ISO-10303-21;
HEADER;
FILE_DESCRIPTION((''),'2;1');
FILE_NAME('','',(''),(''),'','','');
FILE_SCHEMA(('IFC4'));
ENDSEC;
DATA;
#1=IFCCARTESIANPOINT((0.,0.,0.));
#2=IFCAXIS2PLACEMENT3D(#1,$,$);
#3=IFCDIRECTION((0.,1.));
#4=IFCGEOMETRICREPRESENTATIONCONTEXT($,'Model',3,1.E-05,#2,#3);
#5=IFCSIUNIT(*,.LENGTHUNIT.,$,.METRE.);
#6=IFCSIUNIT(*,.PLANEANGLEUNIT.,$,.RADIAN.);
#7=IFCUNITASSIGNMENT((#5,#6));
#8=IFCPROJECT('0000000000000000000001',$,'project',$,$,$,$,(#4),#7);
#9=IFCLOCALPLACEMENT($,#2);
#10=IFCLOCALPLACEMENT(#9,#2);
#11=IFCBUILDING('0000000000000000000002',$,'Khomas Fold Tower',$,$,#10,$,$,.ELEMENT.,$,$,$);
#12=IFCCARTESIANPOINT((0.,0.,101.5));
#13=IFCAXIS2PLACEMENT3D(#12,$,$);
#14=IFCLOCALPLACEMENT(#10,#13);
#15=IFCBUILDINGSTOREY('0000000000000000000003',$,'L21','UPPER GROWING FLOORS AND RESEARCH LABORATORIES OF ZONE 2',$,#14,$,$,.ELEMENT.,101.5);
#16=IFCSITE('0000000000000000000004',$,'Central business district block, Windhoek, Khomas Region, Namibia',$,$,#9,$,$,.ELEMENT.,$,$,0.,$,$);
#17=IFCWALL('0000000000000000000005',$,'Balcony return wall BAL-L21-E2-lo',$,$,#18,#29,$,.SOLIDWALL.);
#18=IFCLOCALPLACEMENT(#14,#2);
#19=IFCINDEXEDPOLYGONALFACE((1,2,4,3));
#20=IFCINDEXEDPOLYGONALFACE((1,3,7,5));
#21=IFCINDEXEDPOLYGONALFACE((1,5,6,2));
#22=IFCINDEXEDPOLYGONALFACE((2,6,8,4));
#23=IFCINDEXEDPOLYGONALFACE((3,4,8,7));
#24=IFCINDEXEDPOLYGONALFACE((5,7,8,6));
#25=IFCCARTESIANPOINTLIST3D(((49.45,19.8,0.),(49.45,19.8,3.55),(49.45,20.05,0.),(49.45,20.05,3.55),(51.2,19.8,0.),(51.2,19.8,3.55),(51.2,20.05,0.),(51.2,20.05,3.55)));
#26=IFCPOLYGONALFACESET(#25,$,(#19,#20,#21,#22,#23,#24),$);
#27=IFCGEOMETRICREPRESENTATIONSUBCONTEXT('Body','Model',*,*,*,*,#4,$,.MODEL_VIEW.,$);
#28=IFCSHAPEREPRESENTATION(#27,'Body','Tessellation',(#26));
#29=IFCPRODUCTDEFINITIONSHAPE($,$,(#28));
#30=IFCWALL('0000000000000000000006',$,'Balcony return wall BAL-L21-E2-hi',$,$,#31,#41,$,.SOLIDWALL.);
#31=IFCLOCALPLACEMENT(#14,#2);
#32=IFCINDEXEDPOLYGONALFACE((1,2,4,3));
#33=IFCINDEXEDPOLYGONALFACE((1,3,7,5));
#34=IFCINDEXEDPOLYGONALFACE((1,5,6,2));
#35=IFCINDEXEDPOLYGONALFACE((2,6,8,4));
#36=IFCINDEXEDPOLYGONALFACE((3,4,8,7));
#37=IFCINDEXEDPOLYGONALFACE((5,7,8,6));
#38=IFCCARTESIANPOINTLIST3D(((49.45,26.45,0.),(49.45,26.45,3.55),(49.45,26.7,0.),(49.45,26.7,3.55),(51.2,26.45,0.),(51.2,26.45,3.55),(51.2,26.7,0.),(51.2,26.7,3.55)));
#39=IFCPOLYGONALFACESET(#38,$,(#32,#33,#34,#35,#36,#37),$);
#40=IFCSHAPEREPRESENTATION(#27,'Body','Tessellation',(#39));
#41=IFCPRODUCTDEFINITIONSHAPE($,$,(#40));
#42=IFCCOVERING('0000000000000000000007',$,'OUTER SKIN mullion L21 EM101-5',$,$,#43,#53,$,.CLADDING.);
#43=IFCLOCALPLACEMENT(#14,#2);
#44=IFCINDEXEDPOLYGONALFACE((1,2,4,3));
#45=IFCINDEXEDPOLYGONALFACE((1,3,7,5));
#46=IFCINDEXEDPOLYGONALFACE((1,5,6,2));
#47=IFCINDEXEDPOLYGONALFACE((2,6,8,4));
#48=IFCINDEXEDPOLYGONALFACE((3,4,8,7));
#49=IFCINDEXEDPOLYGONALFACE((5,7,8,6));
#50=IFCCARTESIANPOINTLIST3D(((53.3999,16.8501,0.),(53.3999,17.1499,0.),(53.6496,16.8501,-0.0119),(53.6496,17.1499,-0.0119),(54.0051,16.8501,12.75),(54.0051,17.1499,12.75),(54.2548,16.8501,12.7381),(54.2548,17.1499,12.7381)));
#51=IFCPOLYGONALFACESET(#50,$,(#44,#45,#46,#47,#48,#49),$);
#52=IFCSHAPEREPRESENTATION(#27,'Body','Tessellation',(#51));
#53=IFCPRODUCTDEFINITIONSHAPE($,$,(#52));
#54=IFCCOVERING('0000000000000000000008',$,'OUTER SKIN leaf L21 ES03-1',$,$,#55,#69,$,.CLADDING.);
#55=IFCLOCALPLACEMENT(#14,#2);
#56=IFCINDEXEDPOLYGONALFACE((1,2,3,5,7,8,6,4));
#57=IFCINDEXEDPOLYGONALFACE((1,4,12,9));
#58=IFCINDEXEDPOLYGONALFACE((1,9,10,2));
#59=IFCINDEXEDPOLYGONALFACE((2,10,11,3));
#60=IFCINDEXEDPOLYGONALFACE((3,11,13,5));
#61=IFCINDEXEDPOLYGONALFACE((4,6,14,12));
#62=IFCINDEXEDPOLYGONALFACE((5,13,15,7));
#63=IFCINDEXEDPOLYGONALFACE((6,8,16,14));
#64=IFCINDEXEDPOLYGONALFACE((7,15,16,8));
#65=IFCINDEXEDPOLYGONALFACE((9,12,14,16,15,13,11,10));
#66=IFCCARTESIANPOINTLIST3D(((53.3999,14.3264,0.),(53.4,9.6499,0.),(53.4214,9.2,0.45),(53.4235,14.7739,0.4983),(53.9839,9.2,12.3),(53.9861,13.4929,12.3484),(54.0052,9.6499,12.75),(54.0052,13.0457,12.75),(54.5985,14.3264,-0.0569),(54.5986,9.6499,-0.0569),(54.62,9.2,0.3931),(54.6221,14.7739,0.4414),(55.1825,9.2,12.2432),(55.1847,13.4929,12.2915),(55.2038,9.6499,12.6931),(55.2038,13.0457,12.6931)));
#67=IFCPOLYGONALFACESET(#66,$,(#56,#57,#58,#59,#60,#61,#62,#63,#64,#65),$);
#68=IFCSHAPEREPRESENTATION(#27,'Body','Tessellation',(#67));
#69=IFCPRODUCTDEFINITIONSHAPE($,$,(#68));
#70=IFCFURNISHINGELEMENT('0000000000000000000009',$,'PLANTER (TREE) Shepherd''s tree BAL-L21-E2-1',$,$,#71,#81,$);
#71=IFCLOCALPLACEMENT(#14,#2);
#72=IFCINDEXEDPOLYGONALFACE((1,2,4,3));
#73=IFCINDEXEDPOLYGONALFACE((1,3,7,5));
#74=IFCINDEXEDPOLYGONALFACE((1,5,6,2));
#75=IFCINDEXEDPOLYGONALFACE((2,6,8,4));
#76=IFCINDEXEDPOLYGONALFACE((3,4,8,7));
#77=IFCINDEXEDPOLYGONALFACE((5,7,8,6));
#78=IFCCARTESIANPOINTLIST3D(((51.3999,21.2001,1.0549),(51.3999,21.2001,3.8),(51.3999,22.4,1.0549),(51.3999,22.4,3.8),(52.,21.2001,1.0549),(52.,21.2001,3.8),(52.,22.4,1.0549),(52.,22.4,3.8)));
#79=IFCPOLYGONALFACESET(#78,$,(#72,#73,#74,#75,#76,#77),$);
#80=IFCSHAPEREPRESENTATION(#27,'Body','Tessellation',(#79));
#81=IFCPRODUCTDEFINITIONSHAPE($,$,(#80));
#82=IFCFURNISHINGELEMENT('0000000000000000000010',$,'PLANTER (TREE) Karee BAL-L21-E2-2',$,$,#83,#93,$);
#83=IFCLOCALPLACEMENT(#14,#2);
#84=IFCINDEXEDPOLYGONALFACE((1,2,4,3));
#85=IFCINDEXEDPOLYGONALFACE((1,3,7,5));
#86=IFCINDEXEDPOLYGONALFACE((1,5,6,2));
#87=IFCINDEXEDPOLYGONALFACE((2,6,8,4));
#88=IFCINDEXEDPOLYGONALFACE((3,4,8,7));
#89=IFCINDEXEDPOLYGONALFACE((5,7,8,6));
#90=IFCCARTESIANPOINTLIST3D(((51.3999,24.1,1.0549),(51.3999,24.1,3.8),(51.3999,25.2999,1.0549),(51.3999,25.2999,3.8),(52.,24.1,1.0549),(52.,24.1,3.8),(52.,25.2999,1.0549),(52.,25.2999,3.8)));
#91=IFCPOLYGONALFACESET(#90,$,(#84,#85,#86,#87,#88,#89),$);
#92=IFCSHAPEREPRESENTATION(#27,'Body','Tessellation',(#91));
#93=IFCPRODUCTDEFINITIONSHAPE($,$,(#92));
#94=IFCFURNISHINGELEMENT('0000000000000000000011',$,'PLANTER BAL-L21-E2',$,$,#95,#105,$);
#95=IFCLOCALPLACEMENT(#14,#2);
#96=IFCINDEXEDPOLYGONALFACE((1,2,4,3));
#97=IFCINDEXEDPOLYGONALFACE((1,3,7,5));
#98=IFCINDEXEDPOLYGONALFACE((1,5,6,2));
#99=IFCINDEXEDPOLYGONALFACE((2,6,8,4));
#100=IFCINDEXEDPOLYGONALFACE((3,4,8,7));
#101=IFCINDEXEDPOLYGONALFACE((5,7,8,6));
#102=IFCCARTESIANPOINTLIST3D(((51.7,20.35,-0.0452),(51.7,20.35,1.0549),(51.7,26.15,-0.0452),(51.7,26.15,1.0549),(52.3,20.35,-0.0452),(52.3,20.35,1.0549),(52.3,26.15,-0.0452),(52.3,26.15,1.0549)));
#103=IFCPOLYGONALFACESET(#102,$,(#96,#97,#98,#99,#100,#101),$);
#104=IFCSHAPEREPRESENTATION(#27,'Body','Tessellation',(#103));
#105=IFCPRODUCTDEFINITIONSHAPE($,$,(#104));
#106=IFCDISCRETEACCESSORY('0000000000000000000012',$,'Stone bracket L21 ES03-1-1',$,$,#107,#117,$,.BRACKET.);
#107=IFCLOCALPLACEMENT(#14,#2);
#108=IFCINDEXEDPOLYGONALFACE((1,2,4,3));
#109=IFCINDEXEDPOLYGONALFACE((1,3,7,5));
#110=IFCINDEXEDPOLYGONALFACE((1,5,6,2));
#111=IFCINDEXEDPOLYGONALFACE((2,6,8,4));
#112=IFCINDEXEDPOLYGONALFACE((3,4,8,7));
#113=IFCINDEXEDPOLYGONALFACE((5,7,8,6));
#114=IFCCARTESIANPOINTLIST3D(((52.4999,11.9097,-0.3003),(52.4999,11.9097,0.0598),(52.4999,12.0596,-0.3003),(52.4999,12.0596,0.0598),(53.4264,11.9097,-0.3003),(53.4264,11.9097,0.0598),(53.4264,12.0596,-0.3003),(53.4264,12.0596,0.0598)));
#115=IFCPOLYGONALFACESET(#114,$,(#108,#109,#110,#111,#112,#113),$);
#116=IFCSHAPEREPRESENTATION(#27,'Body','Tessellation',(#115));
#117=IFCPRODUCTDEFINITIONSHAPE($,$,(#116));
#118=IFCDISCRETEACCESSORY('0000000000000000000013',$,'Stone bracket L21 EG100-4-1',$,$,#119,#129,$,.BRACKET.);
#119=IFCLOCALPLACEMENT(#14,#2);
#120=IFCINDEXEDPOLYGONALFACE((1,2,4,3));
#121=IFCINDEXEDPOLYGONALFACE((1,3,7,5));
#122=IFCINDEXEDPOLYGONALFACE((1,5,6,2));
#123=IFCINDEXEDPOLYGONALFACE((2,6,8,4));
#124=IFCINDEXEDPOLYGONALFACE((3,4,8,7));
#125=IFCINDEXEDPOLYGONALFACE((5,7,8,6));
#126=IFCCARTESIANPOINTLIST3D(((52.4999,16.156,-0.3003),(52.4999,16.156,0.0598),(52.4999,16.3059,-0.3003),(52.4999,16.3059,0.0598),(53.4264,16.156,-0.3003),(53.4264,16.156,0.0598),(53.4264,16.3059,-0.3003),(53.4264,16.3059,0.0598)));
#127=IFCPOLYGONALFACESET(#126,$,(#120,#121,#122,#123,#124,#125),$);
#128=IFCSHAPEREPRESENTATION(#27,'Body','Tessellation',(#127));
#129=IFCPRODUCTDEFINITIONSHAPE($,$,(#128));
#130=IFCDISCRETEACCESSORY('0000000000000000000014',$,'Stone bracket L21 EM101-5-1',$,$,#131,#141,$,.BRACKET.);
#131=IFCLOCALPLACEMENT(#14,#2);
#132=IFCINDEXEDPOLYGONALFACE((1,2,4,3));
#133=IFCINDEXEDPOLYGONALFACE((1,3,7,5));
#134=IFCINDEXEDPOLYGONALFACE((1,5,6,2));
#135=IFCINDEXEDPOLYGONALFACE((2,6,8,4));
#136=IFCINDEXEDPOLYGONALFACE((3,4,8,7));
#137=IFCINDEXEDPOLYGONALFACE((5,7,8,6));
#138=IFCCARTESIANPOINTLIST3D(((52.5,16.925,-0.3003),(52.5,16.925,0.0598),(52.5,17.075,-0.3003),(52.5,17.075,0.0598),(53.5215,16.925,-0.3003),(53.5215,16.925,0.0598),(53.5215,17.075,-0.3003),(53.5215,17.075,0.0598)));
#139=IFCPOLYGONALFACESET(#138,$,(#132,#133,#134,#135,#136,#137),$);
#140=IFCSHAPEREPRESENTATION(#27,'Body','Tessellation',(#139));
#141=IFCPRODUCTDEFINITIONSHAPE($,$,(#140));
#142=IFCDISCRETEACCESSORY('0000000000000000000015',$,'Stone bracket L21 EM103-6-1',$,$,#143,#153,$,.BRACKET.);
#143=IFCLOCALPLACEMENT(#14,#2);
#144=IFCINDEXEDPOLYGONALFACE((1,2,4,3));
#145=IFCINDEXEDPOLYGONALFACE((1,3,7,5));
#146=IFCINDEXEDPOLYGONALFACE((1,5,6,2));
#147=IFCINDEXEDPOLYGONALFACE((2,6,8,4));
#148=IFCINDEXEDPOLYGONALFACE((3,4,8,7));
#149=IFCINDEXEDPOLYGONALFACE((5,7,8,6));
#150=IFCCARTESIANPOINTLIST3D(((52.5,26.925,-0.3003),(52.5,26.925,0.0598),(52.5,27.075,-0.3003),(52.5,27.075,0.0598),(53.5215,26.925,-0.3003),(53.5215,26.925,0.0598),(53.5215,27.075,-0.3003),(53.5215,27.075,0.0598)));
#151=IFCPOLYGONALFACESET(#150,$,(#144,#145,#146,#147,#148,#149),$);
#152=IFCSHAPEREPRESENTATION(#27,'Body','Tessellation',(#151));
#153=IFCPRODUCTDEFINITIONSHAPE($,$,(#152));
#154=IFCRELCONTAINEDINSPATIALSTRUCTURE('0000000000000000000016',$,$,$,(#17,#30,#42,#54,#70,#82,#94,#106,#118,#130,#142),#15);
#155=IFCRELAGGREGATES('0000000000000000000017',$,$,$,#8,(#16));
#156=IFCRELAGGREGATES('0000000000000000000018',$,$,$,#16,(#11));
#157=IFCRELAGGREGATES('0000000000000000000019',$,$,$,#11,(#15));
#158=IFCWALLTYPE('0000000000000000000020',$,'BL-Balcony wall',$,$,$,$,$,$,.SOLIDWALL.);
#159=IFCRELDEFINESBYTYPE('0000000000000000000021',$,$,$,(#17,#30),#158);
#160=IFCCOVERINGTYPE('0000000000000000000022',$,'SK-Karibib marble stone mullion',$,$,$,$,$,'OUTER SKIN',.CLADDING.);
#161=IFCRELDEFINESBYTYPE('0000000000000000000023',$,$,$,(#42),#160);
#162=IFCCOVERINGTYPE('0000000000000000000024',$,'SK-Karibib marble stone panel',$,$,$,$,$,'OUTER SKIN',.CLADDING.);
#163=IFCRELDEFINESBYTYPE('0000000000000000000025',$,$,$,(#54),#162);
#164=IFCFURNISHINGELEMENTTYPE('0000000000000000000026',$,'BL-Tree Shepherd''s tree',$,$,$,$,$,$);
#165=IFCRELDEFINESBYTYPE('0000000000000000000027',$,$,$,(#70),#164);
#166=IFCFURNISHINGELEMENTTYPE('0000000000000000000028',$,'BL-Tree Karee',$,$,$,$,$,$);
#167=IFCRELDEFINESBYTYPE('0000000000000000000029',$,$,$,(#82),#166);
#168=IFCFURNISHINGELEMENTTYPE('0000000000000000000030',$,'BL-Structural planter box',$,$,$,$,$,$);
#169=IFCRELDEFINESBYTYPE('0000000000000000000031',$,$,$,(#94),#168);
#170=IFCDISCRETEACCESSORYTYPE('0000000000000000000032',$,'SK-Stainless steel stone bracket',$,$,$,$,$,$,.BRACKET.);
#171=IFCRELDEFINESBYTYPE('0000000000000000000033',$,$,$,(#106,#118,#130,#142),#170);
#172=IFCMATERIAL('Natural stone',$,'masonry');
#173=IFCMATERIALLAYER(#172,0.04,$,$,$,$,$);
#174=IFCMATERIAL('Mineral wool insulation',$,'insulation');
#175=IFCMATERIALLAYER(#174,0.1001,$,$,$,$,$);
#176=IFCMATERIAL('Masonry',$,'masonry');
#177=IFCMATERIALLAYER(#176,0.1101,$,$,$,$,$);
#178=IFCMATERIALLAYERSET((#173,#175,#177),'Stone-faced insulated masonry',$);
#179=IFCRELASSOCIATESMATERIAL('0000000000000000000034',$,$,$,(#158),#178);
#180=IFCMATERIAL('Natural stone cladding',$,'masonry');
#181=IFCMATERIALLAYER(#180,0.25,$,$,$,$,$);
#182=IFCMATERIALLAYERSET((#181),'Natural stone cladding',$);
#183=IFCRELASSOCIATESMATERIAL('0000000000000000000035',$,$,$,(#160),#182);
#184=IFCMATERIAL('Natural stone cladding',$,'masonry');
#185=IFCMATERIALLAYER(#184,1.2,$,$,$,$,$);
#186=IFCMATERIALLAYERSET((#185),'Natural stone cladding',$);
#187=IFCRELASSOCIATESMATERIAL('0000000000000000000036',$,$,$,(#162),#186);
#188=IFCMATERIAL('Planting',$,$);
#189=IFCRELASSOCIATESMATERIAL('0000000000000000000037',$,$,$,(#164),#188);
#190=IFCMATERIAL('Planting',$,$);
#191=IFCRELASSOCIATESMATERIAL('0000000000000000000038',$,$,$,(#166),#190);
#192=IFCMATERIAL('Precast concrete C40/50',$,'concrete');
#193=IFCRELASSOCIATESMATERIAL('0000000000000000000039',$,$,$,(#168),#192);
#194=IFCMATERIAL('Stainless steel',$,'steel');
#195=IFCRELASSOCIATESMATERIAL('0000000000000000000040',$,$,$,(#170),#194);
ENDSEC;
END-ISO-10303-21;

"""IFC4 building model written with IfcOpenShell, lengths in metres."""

from ifc_helpers import new_model, si_unit, direction, frame, frame_2d, origin, origin_2d, place, context, subcontext, project, spatial, polyline, rectangle, outline, extrude, source, transform, mapped, material, layer, layer_set, type_object, element, save


model = new_model("IFC4")

# Units and contexts
model_context = context("Model", 3, precision=1e-05, world=origin(), true_north=direction((0.0, 1.0)))
body_context = subcontext(model_context, "Body", "Model", "MODEL_VIEW")
ifc_project = project(units=[si_unit("LENGTHUNIT", "METRE"), si_unit("PLANEANGLEUNIT", "RADIAN")], contexts=[model_context])

# Site, building, storey
site_placement = place(None, origin())
site = spatial("IfcSite", under=ifc_project, at=site_placement, Name="Central business district block, Windhoek, Khomas Region, Namibia", CompositionType="ELEMENT", RefElevation=0.0)
building_placement = place(site_placement, origin())
building = spatial("IfcBuilding", under=site, at=building_placement, Name="Khomas Fold Tower", CompositionType="ELEMENT")
storey_placement = place(building_placement, frame((0.0, 0.0, 101.5)))
storey = spatial("IfcBuildingStorey", under=building, at=storey_placement, Name="L21", Description="UPPER GROWING FLOORS AND RESEARCH LABORATORIES OF ZONE 2", CompositionType="ELEMENT", Elevation=101.5)

# Shared definitions
ifc_material_1 = material(Name="Natural stone", Category="masonry")
ifc_layer_1 = layer(ifc_material_1, 0.04)
ifc_material_2 = material(Name="Mineral wool insulation", Category="insulation")
ifc_layer_2 = layer(ifc_material_2, 0.1001)
ifc_material_3 = material(Name="Masonry", Category="masonry")
ifc_layer_3 = layer(ifc_material_3, 0.1101)
ifc_layer_set_1 = layer_set([ifc_layer_1, ifc_layer_2, ifc_layer_3], Name="Stone-faced insulated masonry")
wall_type = type_object("IfcWallType", Name="BL-Balcony wall", PredefinedType="SOLIDWALL", material=ifc_layer_set_1)

# Walls
shared_shape_1 = source(origin(), body_context, "Body", "SweptSolid", [
    extrude(rectangle(XDim=1.75, YDim=0.25, at=frame_2d((0.875, 0.0))), origin(), (0.0, 0.0, 1.0), 3.55),
])
for number, where, z_axis, x_axis, name in (
    (1, (51.2, 19.925, 0.0), (0.0, 0.0, 1.0), (-1.0, 0.0, 0.0), "Balcony return wall BAL-L21-E2-lo"),
    (2, (51.2, 26.575, 0.0), (0.0, 0.0, 1.0), (-1.0, 0.0, 0.0), "Balcony return wall BAL-L21-E2-hi"),
):
    element("IfcWall", number, at=place(storey_placement, frame(where, z_axis=z_axis, x_axis=x_axis)), inside=storey, type_object=wall_type, Name=name, PredefinedType="SOLIDWALL", context=body_context, shape_type="MappedRepresentation", body=[
        mapped(shared_shape_1, transform((0.0, 0.0, 0.0))),
    ])

# Coverings
ifc_material_4 = material(Name="Natural stone cladding", Category="masonry")
ifc_layer_4 = layer(ifc_material_4, 0.25)
ifc_layer_set_2 = layer_set([ifc_layer_4], Name="Natural stone cladding")
covering_type_1 = type_object("IfcCoveringType", Name="SK-Karibib marble stone mullion", ElementType="OUTER SKIN", PredefinedType="CLADDING", material=ifc_layer_set_2)
covering_1_placement = place(storey_placement, frame((53.3999, 16.8501, 0.0), z_axis=(-0.998875, 0.0, 0.047415), x_axis=(0.047415, 0.0, 0.998875)))
element("IfcCovering", 3, at=covering_1_placement, inside=storey, type_object=covering_type_1, Name="OUTER SKIN mullion L21 EM101-5", PredefinedType="CLADDING", context=body_context, shape_type="SweptSolid", body=[
    extrude(outline(polyline([(0.0, 0.0), (12.7644, 0.0), (12.7644, 0.2998), (0.0, 0.2998), (0.0, 0.0)])), origin(), (0.0, 0.0, -1.0), 0.25),
])
ifc_material_5 = material(Name="Natural stone cladding", Category="masonry")
ifc_layer_5 = layer(ifc_material_5, 1.2)
ifc_layer_set_3 = layer_set([ifc_layer_5], Name="Natural stone cladding")
covering_type_2 = type_object("IfcCoveringType", Name="SK-Karibib marble stone panel", ElementType="OUTER SKIN", PredefinedType="CLADDING", material=ifc_layer_set_3)
covering_2_placement = place(storey_placement, frame((53.9861, 13.4929, 12.3484), z_axis=(-0.998875, -0.000019, 0.047416), x_axis=(-0.047144, 0.107355, -0.993102)))
element("IfcCovering", 4, at=covering_2_placement, inside=storey, type_object=covering_type_2, Name="OUTER SKIN leaf L21 ES03-1", PredefinedType="CLADDING", context=body_context, shape_type="SweptSolid", body=[
    extrude(outline(polyline([(0.0, 0.0), (11.9324, 0.0), (12.3803, 0.4985), (11.8783, 5.148), (11.3821, 5.547), (-0.4128, 4.2734), (-0.8123, 3.7776), (-0.4478, 0.4015), (0.0, 0.0)])), origin(), (0.0, 0.0, -1.0), 1.2),
])

# Furnishing elements
ifc_material_6 = material(Name="Planting")
furnishing_element_type_1 = type_object("IfcFurnishingElementType", Name="BL-Tree Shepherd's tree", material=ifc_material_6)
shared_shape_2 = source(origin(), body_context, "Body", "SweptSolid", [
    extrude(rectangle(XDim=1.2, YDim=0.6001, at=origin_2d()), origin(), (0.0, 0.0, 1.0), 2.7451),
])
furnishing_1_placement = place(storey_placement, frame((51.7, 21.8, 1.0549), z_axis=(0.0, 0.0, 1.0), x_axis=(0.0, 1.0, 0.0)))
element("IfcFurnishingElement", 5, at=furnishing_1_placement, inside=storey, type_object=furnishing_element_type_1, Name="PLANTER (TREE) Shepherd's tree BAL-L21-E2-1", context=body_context, shape_type="MappedRepresentation", body=[
    mapped(shared_shape_2, transform((0.0, 0.0, 0.0))),
])
ifc_material_7 = material(Name="Planting")
furnishing_element_type_2 = type_object("IfcFurnishingElementType", Name="BL-Tree Karee", material=ifc_material_7)
furnishing_2_placement = place(storey_placement, frame((51.7, 24.7, 1.0549), z_axis=(0.0, 0.0, 1.0), x_axis=(0.0, 1.0, 0.0)))
element("IfcFurnishingElement", 6, at=furnishing_2_placement, inside=storey, type_object=furnishing_element_type_2, Name="PLANTER (TREE) Karee BAL-L21-E2-2", context=body_context, shape_type="MappedRepresentation", body=[
    mapped(shared_shape_2, transform((0.0, 0.0, 0.0))),
])
ifc_material_8 = material(Name="Precast concrete C40/50", Category="concrete")
furnishing_element_type_3 = type_object("IfcFurnishingElementType", Name="BL-Structural planter box", material=ifc_material_8)
shared_shape_3 = source(origin(), body_context, "Body", "SweptSolid", [
    extrude(rectangle(XDim=5.8, YDim=0.6001, at=origin_2d()), origin(), (0.0, 0.0, 1.0), 1.1001),
])
furnishing_3_placement = place(storey_placement, frame((52.0, 23.25, -0.0452), z_axis=(0.0, 0.0, 1.0), x_axis=(0.0, 1.0, 0.0)))
element("IfcFurnishingElement", 7, at=furnishing_3_placement, inside=storey, type_object=furnishing_element_type_3, Name="PLANTER BAL-L21-E2", context=body_context, shape_type="MappedRepresentation", body=[
    mapped(shared_shape_3, transform((0.0, 0.0, 0.0))),
])

# Discrete accessories
ifc_material_9 = material(Name="Stainless steel", Category="steel")
discrete_accessory_type = type_object("IfcDiscreteAccessoryType", Name="SK-Stainless steel stone bracket", PredefinedType="BRACKET", material=ifc_material_9)
shared_shape_4 = source(origin(), body_context, "Body", "SweptSolid", [
    extrude(rectangle(XDim=0.9265, YDim=0.1499, at=origin_2d()), origin(), (0.0, 0.0, 1.0), 0.3601),
])
for number, where, z_axis, x_axis, name in (
    (8, (52.9631, 11.9846, -0.3003), (0.0, 0.0, 1.0), (1.0, 0.0, 0.0), "Stone bracket L21 ES03-1-1"),
    (9, (52.9631, 16.231, -0.3003), (0.0, 0.0, 1.0), (1.0, 0.0, 0.0), "Stone bracket L21 EG100-4-1"),
):
    element("IfcDiscreteAccessory", number, at=place(storey_placement, frame(where, z_axis=z_axis, x_axis=x_axis)), inside=storey, type_object=discrete_accessory_type, Name=name, PredefinedType="BRACKET", context=body_context, shape_type="MappedRepresentation", body=[
        mapped(shared_shape_4, transform((0.0, 0.0, 0.0))),
    ])
shared_shape_5 = source(origin(), body_context, "Body", "SweptSolid", [
    extrude(rectangle(XDim=1.0215, YDim=0.1499, at=origin_2d()), origin(), (0.0, 0.0, 1.0), 0.3601),
])
for number, where, z_axis, x_axis, name in (
    (10, (53.0107, 17.0, -0.3003), (0.0, 0.0, 1.0), (1.0, 0.0, 0.0), "Stone bracket L21 EM101-5-1"),
    (11, (53.0107, 27.0, -0.3003), (0.0, 0.0, 1.0), (1.0, 0.0, 0.0), "Stone bracket L21 EM103-6-1"),
):
    element("IfcDiscreteAccessory", number, at=place(storey_placement, frame(where, z_axis=z_axis, x_axis=x_axis)), inside=storey, type_object=discrete_accessory_type, Name=name, PredefinedType="BRACKET", context=body_context, shape_type="MappedRepresentation", body=[
        mapped(shared_shape_5, transform((0.0, 0.0, 0.0))),
    ])

save(model, "model.ifc")
